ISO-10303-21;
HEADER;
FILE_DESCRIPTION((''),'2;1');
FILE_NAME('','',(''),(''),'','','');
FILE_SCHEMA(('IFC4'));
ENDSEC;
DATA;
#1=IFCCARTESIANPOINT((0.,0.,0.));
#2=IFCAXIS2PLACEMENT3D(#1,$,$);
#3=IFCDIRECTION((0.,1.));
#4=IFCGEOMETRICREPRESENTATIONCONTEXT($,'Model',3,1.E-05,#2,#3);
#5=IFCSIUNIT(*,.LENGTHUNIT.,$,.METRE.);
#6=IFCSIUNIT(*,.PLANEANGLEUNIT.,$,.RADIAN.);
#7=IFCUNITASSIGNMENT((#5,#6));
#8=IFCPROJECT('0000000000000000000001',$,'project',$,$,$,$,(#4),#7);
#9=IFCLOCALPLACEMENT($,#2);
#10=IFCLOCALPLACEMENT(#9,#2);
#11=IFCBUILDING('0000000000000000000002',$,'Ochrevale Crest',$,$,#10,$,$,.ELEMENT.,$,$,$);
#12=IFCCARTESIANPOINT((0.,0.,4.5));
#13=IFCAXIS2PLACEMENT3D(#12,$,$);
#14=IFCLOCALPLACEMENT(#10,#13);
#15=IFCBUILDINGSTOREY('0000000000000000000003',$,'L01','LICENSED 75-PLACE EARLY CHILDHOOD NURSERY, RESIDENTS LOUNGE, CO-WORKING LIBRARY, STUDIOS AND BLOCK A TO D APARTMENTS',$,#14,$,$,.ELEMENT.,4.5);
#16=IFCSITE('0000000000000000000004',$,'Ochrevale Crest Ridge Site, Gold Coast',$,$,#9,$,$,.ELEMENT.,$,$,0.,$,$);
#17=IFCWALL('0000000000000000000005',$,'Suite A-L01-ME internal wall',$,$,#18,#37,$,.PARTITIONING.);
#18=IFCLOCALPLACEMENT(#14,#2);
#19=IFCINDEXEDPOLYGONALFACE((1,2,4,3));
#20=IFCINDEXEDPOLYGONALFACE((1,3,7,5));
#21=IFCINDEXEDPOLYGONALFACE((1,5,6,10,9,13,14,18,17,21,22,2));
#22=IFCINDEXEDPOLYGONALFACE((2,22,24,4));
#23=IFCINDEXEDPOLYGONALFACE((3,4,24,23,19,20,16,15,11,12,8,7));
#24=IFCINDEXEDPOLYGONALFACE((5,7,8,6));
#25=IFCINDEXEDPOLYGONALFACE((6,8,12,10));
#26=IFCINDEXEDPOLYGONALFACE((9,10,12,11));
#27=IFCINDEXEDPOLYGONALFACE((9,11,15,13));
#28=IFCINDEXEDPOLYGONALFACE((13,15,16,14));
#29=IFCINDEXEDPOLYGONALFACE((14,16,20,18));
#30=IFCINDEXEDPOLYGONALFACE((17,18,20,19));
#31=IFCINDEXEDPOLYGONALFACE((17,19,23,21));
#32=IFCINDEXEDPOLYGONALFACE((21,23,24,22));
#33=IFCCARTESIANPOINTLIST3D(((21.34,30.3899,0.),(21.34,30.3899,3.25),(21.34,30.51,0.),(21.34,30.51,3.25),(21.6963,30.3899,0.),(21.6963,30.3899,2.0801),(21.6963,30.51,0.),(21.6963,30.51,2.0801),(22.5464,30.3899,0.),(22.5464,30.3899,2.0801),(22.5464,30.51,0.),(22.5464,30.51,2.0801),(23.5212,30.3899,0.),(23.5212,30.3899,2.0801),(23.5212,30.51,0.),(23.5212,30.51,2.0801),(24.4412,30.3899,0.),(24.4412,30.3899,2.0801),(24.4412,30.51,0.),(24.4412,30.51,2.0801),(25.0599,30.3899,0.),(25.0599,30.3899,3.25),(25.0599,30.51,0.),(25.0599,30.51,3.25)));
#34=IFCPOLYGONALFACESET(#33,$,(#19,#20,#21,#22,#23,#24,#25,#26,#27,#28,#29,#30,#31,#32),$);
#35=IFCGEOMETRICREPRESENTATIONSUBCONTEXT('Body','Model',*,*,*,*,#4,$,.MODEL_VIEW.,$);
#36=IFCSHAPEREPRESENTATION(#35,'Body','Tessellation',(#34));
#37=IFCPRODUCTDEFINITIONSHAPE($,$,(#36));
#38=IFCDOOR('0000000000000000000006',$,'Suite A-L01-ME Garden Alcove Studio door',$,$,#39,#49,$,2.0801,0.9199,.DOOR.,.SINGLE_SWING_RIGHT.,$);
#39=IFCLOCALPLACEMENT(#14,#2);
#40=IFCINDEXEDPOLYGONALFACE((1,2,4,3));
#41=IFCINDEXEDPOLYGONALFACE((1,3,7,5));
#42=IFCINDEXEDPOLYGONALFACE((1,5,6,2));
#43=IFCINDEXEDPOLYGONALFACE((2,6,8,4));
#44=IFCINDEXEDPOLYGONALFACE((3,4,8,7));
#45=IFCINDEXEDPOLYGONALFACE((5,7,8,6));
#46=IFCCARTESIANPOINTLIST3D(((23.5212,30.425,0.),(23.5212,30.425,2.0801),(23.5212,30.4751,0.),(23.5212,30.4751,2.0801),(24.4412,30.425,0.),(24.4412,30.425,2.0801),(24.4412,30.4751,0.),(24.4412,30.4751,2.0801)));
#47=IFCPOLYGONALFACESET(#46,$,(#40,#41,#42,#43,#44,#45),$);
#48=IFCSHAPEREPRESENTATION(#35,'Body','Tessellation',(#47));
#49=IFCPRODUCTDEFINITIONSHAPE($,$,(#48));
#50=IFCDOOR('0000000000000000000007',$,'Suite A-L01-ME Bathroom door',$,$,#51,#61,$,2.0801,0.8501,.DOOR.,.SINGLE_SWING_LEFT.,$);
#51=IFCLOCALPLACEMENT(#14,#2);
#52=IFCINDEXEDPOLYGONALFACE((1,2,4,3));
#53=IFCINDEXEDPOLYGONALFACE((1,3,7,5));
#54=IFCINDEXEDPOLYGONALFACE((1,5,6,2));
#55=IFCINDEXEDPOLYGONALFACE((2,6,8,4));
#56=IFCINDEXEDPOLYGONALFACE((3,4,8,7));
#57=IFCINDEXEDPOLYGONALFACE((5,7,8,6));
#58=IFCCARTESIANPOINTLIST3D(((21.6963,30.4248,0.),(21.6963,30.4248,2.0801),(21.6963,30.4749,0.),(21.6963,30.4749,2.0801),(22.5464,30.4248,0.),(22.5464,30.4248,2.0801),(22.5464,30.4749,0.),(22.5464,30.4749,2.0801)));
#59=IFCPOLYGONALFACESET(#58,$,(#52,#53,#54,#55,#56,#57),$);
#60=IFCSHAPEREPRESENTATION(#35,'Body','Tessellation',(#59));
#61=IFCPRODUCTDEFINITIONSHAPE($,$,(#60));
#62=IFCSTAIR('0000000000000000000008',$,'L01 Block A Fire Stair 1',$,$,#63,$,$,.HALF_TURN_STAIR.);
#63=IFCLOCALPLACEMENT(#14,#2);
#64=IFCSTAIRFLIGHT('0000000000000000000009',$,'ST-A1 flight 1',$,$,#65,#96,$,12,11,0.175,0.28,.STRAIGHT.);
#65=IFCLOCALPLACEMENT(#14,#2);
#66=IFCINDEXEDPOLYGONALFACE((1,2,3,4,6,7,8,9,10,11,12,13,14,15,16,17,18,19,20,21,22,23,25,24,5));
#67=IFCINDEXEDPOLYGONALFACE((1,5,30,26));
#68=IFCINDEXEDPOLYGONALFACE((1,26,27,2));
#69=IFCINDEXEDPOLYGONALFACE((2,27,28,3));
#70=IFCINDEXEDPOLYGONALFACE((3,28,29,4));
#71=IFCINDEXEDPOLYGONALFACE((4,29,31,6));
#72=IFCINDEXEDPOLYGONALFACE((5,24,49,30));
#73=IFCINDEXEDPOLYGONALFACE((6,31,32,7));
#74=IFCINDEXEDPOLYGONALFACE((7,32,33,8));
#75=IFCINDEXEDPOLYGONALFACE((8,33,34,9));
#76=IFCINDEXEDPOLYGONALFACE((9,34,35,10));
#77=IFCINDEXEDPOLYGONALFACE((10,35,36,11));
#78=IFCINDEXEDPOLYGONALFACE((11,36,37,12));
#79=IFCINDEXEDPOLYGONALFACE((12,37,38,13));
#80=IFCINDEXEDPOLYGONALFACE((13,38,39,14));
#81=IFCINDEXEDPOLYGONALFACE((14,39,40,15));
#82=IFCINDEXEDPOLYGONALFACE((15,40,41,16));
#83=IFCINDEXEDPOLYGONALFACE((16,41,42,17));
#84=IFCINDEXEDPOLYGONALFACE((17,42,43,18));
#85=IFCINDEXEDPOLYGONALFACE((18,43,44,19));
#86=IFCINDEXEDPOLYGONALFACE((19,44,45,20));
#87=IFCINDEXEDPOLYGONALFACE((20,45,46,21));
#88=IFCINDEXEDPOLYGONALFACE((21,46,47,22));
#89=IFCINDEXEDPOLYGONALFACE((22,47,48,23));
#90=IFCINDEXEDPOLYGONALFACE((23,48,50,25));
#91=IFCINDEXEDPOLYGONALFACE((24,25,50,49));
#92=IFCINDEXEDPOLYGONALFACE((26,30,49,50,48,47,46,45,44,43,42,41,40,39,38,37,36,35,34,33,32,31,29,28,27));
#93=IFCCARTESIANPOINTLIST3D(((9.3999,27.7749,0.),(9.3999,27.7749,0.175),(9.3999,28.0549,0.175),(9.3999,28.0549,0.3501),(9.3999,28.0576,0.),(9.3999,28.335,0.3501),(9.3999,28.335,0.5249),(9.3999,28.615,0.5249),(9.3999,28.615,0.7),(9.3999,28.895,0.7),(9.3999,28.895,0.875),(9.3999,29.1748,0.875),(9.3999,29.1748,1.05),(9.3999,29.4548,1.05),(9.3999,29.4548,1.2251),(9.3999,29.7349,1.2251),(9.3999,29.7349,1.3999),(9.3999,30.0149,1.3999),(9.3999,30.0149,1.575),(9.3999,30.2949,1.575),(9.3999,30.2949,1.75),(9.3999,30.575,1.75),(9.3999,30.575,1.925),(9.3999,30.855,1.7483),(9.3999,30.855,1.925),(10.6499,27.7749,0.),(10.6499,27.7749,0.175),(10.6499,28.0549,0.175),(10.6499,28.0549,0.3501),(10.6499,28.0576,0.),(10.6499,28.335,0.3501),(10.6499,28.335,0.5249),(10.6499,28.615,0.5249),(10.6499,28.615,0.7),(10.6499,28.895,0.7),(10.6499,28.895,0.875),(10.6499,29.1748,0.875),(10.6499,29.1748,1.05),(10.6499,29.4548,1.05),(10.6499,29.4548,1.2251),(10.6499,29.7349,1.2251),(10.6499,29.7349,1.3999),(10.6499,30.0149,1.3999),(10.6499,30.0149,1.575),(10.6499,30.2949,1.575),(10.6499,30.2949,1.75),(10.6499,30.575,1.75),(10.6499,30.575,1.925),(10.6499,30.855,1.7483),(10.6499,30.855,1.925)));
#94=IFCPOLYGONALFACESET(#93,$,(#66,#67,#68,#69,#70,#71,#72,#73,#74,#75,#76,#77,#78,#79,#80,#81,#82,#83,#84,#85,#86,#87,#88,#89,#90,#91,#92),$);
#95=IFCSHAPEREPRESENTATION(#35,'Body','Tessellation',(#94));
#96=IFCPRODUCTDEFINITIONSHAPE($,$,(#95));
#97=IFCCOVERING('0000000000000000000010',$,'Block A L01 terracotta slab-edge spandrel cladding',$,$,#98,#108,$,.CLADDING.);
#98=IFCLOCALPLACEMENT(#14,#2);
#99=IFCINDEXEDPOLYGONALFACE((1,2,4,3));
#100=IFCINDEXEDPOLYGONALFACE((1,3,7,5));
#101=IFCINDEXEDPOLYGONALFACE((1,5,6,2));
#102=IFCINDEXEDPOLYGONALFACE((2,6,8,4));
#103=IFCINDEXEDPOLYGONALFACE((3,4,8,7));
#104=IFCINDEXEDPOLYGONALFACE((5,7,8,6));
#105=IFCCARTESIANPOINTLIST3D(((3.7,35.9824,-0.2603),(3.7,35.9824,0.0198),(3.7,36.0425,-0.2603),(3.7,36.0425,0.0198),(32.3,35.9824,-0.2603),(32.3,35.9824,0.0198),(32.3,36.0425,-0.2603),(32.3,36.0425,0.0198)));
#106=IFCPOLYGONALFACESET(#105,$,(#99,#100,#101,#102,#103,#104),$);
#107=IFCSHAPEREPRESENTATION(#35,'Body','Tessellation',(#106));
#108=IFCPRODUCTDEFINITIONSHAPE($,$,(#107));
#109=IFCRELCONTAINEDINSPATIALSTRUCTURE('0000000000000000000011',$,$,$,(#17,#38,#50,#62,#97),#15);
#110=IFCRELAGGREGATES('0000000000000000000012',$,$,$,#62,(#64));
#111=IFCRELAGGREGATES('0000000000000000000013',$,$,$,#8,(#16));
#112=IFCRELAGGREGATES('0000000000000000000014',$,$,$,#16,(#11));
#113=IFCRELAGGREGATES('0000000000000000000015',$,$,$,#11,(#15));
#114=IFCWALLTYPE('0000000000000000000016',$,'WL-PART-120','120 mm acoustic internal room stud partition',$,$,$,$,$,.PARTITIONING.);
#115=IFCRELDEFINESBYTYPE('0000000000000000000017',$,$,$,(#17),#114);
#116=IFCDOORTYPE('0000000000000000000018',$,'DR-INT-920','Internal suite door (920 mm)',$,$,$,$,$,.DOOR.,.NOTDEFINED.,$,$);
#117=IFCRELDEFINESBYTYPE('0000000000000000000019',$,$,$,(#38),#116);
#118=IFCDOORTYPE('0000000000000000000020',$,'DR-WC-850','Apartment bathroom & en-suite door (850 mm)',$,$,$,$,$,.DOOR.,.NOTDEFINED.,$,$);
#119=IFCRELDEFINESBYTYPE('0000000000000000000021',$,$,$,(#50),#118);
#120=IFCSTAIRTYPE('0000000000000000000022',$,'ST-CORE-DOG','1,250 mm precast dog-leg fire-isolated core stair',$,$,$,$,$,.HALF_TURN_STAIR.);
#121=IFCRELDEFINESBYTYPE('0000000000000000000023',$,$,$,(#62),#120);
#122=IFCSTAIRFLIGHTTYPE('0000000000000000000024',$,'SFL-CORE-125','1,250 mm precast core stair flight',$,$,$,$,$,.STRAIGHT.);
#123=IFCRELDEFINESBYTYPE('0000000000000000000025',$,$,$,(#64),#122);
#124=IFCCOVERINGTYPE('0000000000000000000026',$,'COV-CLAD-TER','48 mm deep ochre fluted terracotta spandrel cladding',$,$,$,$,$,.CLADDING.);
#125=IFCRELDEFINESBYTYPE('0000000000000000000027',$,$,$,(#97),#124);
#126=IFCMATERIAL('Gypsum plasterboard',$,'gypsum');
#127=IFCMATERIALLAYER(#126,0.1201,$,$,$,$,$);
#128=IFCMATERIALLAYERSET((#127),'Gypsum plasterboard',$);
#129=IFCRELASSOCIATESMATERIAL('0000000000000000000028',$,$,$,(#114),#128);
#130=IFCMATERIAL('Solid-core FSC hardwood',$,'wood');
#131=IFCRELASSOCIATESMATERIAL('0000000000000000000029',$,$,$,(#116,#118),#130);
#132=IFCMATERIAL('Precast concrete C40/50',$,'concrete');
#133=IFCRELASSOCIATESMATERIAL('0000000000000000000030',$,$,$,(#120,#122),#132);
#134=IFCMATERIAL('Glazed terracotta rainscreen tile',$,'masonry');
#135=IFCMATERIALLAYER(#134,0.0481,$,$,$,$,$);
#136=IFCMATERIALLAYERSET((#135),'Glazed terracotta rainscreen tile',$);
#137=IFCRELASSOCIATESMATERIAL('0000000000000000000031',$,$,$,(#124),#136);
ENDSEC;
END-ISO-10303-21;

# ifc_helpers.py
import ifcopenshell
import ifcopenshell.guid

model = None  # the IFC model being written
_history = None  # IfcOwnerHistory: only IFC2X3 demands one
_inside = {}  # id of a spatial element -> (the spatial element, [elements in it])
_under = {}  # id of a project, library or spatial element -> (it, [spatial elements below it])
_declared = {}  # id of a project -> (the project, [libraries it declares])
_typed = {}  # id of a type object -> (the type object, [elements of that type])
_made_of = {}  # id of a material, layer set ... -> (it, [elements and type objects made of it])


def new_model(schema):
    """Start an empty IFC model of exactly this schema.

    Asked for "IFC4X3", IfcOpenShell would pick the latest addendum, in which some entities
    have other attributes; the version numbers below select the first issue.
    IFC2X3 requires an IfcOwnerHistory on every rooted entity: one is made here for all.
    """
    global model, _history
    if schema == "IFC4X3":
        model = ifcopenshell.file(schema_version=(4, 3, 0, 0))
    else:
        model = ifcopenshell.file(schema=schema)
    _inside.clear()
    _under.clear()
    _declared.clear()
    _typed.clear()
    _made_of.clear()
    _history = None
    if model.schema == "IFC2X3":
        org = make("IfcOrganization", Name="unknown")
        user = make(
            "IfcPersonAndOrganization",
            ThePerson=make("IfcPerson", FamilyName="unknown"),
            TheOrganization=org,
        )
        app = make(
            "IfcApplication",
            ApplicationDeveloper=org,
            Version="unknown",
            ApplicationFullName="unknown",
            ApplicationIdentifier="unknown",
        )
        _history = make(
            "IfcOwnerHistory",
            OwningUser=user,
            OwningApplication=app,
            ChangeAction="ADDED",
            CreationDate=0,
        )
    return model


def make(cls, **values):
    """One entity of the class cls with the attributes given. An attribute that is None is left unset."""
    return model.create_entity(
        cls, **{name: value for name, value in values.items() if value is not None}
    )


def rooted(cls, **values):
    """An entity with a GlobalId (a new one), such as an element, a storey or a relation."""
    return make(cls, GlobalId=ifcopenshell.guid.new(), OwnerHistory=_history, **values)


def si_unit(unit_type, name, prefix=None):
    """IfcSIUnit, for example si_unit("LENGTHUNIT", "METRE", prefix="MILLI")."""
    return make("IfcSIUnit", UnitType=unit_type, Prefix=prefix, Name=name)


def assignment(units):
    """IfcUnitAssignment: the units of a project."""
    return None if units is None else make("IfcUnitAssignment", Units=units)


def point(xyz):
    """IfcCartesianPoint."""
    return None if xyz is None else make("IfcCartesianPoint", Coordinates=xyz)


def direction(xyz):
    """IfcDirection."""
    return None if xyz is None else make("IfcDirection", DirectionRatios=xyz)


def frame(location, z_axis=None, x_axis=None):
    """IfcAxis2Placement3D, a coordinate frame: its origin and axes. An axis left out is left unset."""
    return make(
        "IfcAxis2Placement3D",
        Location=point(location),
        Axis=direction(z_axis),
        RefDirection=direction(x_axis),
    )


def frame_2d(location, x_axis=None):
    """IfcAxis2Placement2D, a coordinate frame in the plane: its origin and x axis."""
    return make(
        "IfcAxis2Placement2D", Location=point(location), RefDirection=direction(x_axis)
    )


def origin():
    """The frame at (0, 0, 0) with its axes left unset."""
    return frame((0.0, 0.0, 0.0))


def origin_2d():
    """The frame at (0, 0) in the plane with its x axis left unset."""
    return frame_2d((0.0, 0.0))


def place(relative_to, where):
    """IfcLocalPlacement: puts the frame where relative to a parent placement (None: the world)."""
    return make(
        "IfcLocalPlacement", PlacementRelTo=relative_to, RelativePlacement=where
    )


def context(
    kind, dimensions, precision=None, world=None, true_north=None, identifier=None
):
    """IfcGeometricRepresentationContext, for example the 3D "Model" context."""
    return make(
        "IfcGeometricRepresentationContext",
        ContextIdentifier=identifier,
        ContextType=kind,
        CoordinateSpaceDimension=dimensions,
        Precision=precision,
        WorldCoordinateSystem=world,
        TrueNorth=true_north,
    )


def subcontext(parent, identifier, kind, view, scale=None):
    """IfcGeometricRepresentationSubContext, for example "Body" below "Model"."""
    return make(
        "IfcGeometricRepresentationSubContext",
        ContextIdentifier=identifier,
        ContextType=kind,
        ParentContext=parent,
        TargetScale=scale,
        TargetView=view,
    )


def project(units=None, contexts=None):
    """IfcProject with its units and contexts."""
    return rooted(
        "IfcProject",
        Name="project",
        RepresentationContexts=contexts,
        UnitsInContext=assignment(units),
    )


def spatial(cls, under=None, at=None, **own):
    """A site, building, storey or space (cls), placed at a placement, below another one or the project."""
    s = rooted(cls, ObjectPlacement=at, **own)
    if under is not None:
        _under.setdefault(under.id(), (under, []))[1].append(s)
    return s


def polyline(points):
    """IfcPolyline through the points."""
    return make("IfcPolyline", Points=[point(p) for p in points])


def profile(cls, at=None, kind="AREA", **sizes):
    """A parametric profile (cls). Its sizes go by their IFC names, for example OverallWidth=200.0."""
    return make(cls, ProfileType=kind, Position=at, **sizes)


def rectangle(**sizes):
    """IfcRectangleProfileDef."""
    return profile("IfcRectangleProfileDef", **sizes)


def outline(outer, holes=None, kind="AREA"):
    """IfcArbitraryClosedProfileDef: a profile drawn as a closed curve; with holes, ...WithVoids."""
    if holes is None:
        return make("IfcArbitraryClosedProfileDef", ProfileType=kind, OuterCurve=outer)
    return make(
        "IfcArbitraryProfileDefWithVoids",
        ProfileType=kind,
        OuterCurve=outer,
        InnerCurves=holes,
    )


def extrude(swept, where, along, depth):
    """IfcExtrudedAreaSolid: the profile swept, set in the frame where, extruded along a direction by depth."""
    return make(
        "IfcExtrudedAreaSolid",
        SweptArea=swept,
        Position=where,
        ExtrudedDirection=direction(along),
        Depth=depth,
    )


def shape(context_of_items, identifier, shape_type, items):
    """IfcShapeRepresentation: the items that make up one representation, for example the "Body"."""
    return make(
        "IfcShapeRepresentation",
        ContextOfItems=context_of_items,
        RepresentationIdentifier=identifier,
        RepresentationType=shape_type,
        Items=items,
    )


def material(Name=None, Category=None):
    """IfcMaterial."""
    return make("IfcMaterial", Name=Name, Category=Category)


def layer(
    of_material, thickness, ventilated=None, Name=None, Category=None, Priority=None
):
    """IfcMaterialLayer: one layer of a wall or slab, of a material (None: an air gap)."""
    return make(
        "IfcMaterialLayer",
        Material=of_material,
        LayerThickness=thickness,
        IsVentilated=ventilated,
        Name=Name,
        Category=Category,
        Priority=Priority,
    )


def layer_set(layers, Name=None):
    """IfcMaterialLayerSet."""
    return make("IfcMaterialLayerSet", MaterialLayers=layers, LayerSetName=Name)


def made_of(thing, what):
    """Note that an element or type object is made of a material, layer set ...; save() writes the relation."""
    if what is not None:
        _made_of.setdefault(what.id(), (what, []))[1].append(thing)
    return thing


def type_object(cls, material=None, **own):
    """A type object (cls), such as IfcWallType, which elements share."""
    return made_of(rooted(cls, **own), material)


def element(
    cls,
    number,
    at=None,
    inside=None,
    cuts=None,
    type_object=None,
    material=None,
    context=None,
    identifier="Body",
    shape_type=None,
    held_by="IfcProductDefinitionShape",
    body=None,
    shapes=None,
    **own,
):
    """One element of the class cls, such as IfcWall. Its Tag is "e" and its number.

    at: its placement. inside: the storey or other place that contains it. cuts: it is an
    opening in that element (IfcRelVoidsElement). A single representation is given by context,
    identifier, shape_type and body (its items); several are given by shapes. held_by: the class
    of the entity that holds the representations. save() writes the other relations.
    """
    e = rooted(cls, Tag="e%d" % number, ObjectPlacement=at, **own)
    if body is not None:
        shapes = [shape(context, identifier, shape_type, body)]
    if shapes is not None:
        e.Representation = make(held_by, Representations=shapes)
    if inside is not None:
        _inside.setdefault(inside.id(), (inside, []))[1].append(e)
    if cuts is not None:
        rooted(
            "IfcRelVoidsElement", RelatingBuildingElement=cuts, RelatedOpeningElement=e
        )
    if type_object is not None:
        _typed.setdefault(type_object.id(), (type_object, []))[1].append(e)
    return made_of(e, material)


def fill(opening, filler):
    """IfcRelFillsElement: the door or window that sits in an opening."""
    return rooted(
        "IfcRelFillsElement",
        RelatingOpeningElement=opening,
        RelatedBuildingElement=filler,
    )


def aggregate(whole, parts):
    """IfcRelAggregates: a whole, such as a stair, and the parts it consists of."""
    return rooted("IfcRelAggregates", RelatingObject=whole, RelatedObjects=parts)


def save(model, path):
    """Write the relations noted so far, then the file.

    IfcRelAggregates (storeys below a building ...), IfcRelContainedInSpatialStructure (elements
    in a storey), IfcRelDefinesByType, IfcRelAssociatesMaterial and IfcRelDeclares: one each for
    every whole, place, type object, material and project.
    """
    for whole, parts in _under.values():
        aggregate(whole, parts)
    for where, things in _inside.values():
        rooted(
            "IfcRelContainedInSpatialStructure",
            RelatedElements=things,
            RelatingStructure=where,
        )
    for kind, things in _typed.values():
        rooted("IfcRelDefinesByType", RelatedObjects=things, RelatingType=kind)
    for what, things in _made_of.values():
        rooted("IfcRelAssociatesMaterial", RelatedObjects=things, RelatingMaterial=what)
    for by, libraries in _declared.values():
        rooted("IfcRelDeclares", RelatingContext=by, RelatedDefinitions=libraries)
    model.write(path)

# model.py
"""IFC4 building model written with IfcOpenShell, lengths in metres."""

from ifc_helpers import new_model, si_unit, direction, frame, frame_2d, origin, origin_2d, place, context, subcontext, project, spatial, polyline, rectangle, outline, extrude, material, layer, layer_set, type_object, element, fill, aggregate, save


model = new_model("IFC4")

# Units and contexts
model_context = context("Model", 3, precision=1e-05, world=origin(), true_north=direction((0.0, 1.0)))
body_context = subcontext(model_context, "Body", "Model", "MODEL_VIEW")
ifc_project = project(units=[si_unit("LENGTHUNIT", "METRE"), si_unit("PLANEANGLEUNIT", "RADIAN")], contexts=[model_context])

# Site, building, storey
site_placement = place(None, origin())
site = spatial("IfcSite", under=ifc_project, at=site_placement, Name="Ochrevale Crest Ridge Site, Gold Coast", CompositionType="ELEMENT", RefElevation=0.0)
building_placement = place(site_placement, origin())
building = spatial("IfcBuilding", under=site, at=building_placement, Name="Ochrevale Crest", CompositionType="ELEMENT")
storey_placement = place(building_placement, frame((0.0, 0.0, 4.5)))
storey = spatial("IfcBuildingStorey", under=building, at=storey_placement, Name="L01", Description="LICENSED 75-PLACE EARLY CHILDHOOD NURSERY, RESIDENTS LOUNGE, CO-WORKING LIBRARY, STUDIOS AND BLOCK A TO D APARTMENTS", CompositionType="ELEMENT", Elevation=4.5)

# Shared definitions
ifc_material_1 = material(Name="Precast concrete C40/50", Category="concrete")

# Wall, openings, doors
ifc_material_2 = material(Name="Gypsum plasterboard", Category="gypsum")
ifc_layer_1 = layer(ifc_material_2, 0.1201)
ifc_layer_set_1 = layer_set([ifc_layer_1], Name="Gypsum plasterboard")
wall_type_1 = type_object("IfcWallType", Name="WL-PART-120", Description="120 mm acoustic internal room stud partition", PredefinedType="PARTITIONING", material=ifc_layer_set_1)
ifc_material_3 = material(Name="Solid-core FSC hardwood", Category="wood")
door_type_1 = type_object("IfcDoorType", Name="DR-INT-920", Description="Internal suite door (920 mm)", OperationType="NOTDEFINED", PredefinedType="DOOR", material=ifc_material_3)
door_type_2 = type_object("IfcDoorType", Name="DR-WC-850", Description="Apartment bathroom & en-suite door (850 mm)", OperationType="NOTDEFINED", PredefinedType="DOOR", material=ifc_material_3)
wall_1_placement = place(storey_placement, frame((21.3401, 30.45, 0.0), z_axis=(0.0, 0.0, 1.0), x_axis=(1.0, 0.0, 0.0)))
wall_1 = element("IfcWall", 1, at=wall_1_placement, inside=storey, type_object=wall_type_1, Name="Suite A-L01-ME internal wall", PredefinedType="PARTITIONING", context=body_context, shape_type="SweptSolid", body=[
    extrude(rectangle(XDim=3.72, YDim=0.1201, at=frame_2d((1.8599, 0.0))), origin(), (0.0, 0.0, 1.0), 3.25),
])
opening_1_placement = place(wall_1_placement, frame((0.3562, 0.0, 0.0)))
opening_1 = element("IfcOpeningElement", 2, at=opening_1_placement, cuts=wall_1, PredefinedType="OPENING", context=body_context, shape_type="SweptSolid", body=[
    extrude(rectangle(XDim=0.8501, YDim=2.0801, at=frame_2d((0.425, 1.04))), frame((0.0, 0.0701, 0.0), z_axis=(0.0, -1.0, 0.0), x_axis=(1.0, 0.0, 0.0)), (0.0, 0.0, 1.0), 0.1401),
])
opening_2_placement = place(wall_1_placement, frame((3.1011, 0.0, 0.0), z_axis=(0.0, 0.0, 1.0), x_axis=(-1.0, 0.0, 0.0)))
opening_2 = element("IfcOpeningElement", 3, at=opening_2_placement, cuts=wall_1, PredefinedType="OPENING", context=body_context, shape_type="SweptSolid", body=[
    extrude(rectangle(XDim=0.9199, YDim=2.0801, at=frame_2d((0.46, 1.04))), frame((0.0, 0.0701, 0.0), z_axis=(0.0, -1.0, 0.0), x_axis=(1.0, 0.0, 0.0)), (0.0, 0.0, 1.0), 0.1401),
])
door_1_placement = place(opening_2_placement, origin())
door_1 = element("IfcDoor", 4, at=door_1_placement, inside=storey, type_object=door_type_1, Name="Suite A-L01-ME Garden Alcove Studio door", OperationType="SINGLE_SWING_RIGHT", OverallHeight=2.0801, OverallWidth=0.9199, PredefinedType="DOOR", context=body_context, shape_type="SweptSolid", body=[
    extrude(rectangle(XDim=0.9199, YDim=2.0801, at=frame_2d((0.46, 1.04))), frame((0.0, 0.0249, 0.0), z_axis=(0.0, -1.0, 0.0), x_axis=(1.0, 0.0, 0.0)), (0.0, 0.0, 1.0), 0.05),
])
fill(opening_2, door_1)
door_2_placement = place(opening_1_placement, origin())
door_2 = element("IfcDoor", 5, at=door_2_placement, inside=storey, type_object=door_type_2, Name="Suite A-L01-ME Bathroom door", OperationType="SINGLE_SWING_LEFT", OverallHeight=2.0801, OverallWidth=0.8501, PredefinedType="DOOR", context=body_context, shape_type="SweptSolid", body=[
    extrude(rectangle(XDim=0.8501, YDim=2.0801, at=frame_2d((0.425, 1.04))), frame((0.0, 0.0249, 0.0), z_axis=(0.0, -1.0, 0.0), x_axis=(1.0, 0.0, 0.0)), (0.0, 0.0, 1.0), 0.05),
])
fill(opening_1, door_2)

# Stair, stair flight
stair_type = type_object("IfcStairType", Name="ST-CORE-DOG", Description="1,250 mm precast dog-leg fire-isolated core stair", PredefinedType="HALF_TURN_STAIR", material=ifc_material_1)
stair_placement = place(storey_placement, origin())
stair = element("IfcStair", 6, at=stair_placement, inside=storey, type_object=stair_type, Name="L01 Block A Fire Stair 1", PredefinedType="HALF_TURN_STAIR")
stair_flight_type = type_object("IfcStairFlightType", Name="SFL-CORE-125", Description="1,250 mm precast core stair flight", PredefinedType="STRAIGHT", material=ifc_material_1)
stair_flight_placement = place(storey_placement, frame((10.0249, 27.7749, 0.0), z_axis=(0.0, 0.0, 1.0), x_axis=(0.0, 1.0, 0.0)))
stair_flight = element("IfcStairFlight", 7, at=stair_flight_placement, type_object=stair_flight_type, Name="ST-A1 flight 1", NumberOfRisers=12, NumberOfTreads=11, PredefinedType="STRAIGHT", RiserHeight=0.175, TreadLength=0.28, context=body_context, shape_type="SweptSolid", body=[
    extrude(outline(polyline([(0.0, 0.0), (0.0, 0.175), (0.28, 0.175), (0.28, 0.3501), (0.5601, 0.3501), (0.5601, 0.5249), (0.8401, 0.5249), (0.8401, 0.7), (1.1201, 0.7), (1.1201, 0.875), (1.3999, 0.875), (1.3999, 1.05), (1.6799, 1.05), (1.6799, 1.2251), (1.96, 1.2251), (1.96, 1.3999), (2.24, 1.3999), (2.24, 1.575), (2.52, 1.575), (2.52, 1.75), (2.8, 1.75), (2.8, 1.925), (3.0801, 1.925), (3.0801, 2.1001), (3.0801, 1.7483), (0.2827, 0.0), (0.0, 0.0)])), frame((0.0, 0.625, 0.0), z_axis=(0.0, -1.0, 0.0), x_axis=(1.0, 0.0, 0.0)), (0.0, 0.0, 1.0), 1.25),
])
aggregate(stair, [stair_flight])

# Covering
ifc_material_4 = material(Name="Glazed terracotta rainscreen tile", Category="masonry")
ifc_layer_2 = layer(ifc_material_4, 0.0481)
ifc_layer_set_2 = layer_set([ifc_layer_2], Name="Glazed terracotta rainscreen tile")
covering_type = type_object("IfcCoveringType", Name="COV-CLAD-TER", Description="48 mm deep ochre fluted terracotta spandrel cladding", PredefinedType="CLADDING", material=ifc_layer_set_2)
covering_placement = place(storey_placement, frame((18.0, 36.0125, -0.2603), z_axis=(0.0, 0.0, 1.0), x_axis=(-1.0, 0.0, 0.0)))
element("IfcCovering", 8, at=covering_placement, inside=storey, type_object=covering_type, Name="Block A L01 terracotta slab-edge spandrel cladding", PredefinedType="CLADDING", context=body_context, shape_type="SweptSolid", body=[
    extrude(rectangle(XDim=28.6001, YDim=0.0601, at=origin_2d()), origin(), (0.0, 0.0, 1.0), 0.28),
])

save(model, "model.ifc")
